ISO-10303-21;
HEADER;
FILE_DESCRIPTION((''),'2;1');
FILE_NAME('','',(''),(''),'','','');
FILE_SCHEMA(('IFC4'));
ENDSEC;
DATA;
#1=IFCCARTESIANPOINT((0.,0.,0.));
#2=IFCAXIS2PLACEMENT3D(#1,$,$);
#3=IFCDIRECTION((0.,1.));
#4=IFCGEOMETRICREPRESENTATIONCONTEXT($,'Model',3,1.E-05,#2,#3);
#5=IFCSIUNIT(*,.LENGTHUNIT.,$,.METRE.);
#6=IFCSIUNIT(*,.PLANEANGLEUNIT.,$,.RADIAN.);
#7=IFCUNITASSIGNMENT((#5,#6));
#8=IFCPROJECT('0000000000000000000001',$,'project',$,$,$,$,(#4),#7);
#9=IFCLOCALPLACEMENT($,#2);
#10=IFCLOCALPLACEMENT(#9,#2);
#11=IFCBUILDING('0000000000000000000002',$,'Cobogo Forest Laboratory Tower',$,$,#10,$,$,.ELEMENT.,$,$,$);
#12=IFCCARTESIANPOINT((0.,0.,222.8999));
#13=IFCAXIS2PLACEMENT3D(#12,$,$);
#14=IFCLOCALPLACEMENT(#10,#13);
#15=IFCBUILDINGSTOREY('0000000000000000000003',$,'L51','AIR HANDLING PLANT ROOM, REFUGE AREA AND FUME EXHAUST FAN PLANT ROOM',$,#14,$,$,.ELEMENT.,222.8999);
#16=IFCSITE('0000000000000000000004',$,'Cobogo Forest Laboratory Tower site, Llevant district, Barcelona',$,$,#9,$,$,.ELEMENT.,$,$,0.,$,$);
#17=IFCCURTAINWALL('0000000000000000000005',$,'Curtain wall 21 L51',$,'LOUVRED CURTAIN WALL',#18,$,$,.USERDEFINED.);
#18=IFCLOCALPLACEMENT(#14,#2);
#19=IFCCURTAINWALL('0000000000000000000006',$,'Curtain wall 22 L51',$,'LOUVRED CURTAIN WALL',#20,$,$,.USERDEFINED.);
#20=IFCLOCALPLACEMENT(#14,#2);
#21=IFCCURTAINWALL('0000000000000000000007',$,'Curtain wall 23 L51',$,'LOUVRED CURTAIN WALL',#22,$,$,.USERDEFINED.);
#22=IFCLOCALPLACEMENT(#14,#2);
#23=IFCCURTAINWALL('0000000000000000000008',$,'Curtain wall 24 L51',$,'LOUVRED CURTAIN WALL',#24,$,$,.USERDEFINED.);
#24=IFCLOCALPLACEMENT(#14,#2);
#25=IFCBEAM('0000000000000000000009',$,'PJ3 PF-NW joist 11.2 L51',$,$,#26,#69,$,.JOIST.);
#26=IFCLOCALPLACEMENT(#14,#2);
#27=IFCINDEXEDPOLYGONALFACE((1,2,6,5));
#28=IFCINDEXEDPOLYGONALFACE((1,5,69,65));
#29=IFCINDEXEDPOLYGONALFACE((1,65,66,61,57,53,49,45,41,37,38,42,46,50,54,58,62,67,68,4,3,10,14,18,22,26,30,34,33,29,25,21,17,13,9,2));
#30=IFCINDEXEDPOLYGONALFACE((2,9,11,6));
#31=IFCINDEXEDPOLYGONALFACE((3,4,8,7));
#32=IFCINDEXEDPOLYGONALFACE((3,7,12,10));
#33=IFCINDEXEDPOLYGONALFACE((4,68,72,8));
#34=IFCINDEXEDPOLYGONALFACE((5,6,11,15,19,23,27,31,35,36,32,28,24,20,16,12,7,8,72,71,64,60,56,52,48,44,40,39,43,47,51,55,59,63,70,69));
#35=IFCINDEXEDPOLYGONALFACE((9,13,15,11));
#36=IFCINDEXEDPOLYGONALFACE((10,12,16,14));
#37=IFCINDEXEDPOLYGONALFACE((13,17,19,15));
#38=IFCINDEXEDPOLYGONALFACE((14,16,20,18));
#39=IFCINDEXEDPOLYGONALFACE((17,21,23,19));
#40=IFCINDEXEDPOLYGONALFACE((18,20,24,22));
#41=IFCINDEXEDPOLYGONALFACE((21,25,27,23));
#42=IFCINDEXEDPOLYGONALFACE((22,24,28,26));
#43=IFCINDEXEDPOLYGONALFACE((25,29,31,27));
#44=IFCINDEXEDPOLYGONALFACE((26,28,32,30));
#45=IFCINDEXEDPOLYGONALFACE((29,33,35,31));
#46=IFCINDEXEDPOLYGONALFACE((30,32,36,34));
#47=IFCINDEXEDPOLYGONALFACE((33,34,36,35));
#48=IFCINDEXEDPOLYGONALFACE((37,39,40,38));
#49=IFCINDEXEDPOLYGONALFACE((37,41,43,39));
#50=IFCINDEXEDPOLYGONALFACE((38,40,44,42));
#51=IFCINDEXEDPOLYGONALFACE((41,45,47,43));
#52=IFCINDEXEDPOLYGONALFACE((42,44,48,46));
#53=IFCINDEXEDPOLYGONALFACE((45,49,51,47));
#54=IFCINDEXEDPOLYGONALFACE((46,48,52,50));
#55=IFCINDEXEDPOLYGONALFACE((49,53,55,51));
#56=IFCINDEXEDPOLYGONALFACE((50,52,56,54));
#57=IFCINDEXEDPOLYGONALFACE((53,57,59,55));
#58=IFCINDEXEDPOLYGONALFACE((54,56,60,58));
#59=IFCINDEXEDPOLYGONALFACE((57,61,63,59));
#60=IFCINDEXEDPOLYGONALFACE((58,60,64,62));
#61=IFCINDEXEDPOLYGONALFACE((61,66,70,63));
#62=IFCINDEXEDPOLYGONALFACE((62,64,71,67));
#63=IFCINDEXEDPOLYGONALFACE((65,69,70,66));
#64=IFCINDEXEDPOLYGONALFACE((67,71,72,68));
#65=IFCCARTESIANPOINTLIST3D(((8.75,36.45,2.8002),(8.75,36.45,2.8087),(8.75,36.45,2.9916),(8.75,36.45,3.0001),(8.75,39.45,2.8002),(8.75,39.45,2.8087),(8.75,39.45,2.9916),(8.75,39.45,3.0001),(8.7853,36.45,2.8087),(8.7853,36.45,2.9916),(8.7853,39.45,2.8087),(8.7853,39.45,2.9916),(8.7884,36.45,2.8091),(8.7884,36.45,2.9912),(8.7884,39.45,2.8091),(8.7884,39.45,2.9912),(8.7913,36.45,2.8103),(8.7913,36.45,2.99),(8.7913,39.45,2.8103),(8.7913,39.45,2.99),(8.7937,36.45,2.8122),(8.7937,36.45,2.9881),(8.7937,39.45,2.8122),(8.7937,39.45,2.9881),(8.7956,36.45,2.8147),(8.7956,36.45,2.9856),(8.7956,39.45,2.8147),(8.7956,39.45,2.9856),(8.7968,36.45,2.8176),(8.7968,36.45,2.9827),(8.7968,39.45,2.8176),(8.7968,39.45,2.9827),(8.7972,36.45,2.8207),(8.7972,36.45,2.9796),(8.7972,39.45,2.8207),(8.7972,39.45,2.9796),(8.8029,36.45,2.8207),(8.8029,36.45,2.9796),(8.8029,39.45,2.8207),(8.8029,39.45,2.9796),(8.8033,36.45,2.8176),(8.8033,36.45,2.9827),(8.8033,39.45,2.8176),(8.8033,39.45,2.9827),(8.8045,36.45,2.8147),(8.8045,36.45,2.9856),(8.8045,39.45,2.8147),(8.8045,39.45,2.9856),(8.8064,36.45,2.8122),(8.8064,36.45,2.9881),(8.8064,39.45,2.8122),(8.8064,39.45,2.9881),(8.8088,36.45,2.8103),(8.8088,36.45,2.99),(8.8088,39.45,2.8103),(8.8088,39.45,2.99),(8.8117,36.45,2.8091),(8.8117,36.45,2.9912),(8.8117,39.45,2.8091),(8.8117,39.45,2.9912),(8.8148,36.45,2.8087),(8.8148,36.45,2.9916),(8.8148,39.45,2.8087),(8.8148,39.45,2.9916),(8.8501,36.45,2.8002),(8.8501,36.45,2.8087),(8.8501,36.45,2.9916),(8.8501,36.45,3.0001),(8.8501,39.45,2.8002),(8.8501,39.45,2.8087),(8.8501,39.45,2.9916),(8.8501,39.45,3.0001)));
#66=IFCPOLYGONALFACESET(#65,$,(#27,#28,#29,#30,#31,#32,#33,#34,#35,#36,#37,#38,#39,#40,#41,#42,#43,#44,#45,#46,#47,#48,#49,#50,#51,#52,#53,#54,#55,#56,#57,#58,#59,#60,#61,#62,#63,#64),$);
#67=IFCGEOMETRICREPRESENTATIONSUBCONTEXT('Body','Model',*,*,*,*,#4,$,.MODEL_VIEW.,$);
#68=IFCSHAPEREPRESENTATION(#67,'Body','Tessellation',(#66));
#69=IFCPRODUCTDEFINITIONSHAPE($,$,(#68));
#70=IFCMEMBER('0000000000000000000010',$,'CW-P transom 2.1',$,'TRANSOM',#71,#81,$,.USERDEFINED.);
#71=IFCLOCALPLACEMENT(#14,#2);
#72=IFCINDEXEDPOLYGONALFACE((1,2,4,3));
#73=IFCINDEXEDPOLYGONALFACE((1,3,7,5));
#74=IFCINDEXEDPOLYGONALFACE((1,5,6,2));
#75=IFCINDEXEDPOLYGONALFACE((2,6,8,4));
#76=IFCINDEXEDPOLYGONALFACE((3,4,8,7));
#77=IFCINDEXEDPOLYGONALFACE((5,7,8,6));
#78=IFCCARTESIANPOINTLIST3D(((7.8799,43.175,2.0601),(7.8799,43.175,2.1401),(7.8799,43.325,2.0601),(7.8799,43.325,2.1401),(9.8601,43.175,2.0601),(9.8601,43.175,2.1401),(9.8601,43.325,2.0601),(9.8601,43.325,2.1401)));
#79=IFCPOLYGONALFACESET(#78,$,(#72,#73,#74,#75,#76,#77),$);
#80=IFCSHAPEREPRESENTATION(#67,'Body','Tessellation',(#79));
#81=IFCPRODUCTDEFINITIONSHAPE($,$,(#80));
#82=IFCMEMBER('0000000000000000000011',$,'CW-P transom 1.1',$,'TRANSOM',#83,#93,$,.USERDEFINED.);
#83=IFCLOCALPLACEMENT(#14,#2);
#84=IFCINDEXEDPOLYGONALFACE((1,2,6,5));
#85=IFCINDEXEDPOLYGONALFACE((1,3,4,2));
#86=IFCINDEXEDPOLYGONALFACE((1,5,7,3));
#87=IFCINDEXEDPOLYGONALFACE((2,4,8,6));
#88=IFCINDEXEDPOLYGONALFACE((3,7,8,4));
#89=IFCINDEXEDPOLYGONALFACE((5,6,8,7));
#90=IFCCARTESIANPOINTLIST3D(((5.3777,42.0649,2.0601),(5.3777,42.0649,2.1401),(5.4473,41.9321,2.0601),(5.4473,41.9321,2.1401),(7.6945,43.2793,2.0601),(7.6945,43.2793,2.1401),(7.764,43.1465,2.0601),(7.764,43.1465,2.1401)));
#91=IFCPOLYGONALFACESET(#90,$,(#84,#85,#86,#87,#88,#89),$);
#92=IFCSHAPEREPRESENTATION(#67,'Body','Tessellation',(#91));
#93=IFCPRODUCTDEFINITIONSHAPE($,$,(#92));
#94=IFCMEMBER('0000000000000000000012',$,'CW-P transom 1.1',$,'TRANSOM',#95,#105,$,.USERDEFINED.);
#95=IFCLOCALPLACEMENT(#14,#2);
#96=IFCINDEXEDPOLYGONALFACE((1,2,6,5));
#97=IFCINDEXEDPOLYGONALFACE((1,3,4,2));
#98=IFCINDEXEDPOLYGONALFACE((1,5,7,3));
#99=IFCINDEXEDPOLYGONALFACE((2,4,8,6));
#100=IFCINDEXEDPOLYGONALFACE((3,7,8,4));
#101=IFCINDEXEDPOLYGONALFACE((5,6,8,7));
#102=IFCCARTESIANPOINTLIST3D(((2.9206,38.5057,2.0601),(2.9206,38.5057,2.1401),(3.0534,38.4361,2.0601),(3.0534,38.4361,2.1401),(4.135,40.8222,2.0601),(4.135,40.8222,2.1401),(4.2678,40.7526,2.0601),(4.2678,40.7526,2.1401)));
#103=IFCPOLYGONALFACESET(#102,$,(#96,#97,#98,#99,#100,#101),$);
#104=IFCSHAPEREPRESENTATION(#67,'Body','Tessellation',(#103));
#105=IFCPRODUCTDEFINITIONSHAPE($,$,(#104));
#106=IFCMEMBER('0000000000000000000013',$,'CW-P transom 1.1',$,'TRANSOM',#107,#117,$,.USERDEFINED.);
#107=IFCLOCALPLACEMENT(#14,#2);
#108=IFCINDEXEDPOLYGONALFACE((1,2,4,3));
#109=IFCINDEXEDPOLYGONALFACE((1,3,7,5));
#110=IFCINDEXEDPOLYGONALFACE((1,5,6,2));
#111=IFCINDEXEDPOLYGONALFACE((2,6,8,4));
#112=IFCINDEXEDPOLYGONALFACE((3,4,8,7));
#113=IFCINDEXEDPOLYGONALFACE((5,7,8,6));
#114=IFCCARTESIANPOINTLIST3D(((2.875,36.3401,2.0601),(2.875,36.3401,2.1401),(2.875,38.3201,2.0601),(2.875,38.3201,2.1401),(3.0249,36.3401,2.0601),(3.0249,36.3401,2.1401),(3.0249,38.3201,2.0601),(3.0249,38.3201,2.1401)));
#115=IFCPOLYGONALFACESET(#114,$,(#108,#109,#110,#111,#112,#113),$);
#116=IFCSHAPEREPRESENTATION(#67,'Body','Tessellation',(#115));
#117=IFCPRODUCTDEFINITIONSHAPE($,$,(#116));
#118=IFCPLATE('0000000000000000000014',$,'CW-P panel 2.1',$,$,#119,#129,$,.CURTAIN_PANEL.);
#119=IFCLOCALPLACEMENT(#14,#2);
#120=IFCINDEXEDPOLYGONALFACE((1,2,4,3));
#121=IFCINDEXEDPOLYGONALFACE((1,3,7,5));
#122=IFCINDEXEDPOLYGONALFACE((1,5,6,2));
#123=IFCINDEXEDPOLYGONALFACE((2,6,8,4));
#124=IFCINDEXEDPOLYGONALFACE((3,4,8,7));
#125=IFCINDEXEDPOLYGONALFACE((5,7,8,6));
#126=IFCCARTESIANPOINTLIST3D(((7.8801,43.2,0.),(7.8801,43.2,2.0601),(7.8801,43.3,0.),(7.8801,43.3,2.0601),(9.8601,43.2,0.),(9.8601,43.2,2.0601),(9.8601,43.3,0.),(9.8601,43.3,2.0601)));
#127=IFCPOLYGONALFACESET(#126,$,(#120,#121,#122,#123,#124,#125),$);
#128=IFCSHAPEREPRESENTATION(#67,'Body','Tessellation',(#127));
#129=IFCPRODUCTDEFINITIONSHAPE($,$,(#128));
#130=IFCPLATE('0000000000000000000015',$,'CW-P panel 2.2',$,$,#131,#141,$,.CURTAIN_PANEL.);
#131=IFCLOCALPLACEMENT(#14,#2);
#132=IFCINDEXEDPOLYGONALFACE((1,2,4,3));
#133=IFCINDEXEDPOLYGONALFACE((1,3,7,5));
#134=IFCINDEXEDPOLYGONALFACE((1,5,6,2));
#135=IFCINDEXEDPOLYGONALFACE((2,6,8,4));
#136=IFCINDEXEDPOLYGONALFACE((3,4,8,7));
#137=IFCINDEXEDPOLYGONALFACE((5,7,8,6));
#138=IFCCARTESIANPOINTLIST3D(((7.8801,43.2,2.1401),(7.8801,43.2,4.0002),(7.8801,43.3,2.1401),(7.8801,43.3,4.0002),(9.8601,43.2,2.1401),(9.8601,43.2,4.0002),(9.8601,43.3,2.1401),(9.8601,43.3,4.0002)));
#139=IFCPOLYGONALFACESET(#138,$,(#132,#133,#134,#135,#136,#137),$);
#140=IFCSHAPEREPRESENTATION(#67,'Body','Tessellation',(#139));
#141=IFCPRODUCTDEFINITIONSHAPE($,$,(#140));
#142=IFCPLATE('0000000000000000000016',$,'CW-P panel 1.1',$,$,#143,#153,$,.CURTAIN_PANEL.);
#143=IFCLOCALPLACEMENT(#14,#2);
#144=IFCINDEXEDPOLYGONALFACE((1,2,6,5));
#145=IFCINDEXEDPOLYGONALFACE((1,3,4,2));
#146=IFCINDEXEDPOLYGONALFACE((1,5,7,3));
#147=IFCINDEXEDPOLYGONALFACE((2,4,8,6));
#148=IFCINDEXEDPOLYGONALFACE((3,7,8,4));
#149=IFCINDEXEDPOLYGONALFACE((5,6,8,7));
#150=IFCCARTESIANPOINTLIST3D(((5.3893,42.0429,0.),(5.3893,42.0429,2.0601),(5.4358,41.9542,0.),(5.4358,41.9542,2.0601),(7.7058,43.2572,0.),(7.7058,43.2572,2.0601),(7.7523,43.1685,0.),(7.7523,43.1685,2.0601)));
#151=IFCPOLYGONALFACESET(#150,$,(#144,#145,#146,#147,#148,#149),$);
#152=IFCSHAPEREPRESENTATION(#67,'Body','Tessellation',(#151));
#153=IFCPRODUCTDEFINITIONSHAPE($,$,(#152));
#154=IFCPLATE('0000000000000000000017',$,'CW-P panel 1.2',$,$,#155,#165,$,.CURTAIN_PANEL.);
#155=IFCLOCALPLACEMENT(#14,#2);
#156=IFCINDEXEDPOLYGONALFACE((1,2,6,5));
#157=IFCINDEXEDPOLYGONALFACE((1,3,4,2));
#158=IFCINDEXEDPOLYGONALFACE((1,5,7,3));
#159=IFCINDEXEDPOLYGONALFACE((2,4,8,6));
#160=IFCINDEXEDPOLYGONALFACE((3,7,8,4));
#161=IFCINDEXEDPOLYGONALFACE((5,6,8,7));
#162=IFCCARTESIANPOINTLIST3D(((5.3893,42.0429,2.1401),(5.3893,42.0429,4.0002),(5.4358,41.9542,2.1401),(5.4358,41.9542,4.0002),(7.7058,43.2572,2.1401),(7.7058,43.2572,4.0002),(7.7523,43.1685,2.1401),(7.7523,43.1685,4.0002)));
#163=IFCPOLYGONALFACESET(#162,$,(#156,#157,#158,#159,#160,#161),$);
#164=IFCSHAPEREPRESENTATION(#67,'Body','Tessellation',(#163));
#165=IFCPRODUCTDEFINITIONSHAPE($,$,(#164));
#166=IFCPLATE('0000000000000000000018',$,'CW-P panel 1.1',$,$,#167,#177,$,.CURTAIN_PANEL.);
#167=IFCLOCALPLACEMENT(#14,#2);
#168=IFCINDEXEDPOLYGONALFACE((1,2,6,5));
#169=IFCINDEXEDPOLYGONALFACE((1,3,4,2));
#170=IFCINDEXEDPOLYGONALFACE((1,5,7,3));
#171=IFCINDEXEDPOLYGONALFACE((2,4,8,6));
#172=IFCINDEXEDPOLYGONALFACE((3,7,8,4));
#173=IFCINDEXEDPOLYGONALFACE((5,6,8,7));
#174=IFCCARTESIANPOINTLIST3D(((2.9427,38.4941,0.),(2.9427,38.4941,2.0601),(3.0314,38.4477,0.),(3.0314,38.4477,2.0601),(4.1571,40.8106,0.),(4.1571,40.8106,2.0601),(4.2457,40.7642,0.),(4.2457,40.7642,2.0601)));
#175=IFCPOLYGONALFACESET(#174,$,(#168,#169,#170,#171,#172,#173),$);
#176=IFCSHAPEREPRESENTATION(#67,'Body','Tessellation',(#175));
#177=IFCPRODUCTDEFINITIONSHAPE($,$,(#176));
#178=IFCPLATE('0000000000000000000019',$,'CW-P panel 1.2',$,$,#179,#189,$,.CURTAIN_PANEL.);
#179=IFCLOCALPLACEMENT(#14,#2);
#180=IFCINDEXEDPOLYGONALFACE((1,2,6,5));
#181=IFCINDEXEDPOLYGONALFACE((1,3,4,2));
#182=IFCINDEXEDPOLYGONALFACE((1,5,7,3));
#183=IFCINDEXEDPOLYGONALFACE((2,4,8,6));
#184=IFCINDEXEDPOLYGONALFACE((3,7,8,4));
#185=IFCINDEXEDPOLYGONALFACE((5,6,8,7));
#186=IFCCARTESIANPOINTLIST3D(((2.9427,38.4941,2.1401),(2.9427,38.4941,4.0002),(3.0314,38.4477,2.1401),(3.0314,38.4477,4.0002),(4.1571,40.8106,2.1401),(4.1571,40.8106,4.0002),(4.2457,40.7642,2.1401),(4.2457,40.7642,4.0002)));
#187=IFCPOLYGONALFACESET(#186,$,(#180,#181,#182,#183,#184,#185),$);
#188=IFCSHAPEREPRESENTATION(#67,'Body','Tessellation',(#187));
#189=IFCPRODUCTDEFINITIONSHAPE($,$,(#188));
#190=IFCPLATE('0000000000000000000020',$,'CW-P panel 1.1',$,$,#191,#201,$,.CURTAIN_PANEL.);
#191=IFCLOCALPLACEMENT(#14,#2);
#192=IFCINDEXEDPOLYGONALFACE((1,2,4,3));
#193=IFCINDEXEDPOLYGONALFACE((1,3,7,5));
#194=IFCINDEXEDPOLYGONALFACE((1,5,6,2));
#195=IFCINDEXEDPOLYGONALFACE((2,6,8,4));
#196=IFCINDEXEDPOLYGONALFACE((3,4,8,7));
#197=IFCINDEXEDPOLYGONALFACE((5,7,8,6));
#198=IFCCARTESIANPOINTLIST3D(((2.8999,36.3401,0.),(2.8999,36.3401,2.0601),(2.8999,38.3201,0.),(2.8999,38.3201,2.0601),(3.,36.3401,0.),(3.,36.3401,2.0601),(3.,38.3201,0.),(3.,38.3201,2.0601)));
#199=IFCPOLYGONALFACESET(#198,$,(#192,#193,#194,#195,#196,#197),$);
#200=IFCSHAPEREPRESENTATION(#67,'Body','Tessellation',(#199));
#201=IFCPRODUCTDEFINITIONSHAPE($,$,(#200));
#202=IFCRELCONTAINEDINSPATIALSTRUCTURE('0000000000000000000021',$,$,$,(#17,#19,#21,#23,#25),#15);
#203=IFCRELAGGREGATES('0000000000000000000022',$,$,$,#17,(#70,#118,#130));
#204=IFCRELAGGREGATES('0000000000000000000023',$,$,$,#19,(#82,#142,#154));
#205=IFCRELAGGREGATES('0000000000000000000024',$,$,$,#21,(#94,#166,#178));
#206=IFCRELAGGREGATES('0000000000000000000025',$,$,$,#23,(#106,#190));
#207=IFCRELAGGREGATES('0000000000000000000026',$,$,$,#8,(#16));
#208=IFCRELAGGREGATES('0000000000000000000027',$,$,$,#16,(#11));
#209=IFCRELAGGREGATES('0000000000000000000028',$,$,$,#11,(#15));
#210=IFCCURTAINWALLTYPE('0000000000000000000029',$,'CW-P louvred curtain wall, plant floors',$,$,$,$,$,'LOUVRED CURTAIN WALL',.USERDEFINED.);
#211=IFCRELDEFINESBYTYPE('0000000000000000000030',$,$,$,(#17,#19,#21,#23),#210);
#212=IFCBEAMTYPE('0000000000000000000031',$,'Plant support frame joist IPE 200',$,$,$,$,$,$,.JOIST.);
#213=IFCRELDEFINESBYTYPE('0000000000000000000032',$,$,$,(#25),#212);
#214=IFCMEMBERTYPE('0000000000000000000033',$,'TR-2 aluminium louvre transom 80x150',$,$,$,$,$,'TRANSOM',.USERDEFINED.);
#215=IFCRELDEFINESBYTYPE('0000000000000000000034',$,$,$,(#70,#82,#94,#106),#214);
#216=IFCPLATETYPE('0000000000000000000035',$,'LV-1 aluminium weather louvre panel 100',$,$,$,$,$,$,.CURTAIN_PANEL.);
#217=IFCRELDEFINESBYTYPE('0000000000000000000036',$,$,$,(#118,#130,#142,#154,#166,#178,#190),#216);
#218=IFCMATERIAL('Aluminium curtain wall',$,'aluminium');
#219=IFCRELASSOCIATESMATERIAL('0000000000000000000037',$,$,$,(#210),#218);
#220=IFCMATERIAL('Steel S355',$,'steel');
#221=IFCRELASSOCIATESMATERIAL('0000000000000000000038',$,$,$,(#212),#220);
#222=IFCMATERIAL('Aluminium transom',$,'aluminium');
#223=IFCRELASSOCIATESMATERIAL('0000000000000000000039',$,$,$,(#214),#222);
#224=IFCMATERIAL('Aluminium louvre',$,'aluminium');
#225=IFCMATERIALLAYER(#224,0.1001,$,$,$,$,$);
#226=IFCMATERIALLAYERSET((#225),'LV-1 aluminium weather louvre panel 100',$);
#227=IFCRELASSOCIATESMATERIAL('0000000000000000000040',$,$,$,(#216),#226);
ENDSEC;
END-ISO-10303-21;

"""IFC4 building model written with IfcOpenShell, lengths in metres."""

from ifc_helpers import new_model, si_unit, direction, frame, origin, origin_2d, place, context, subcontext, project, spatial, rectangle, i_section, extrude, material, layer, layer_set, material_profile, profile_set, type_object, element, aggregate, save


model = new_model("IFC4")

# Units and contexts
model_context = context("Model", 3, precision=1e-05, world=origin(), true_north=direction((0.0, 1.0)))
body_context = subcontext(model_context, "Body", "Model", "MODEL_VIEW")
ifc_project = project(units=[si_unit("LENGTHUNIT", "METRE"), si_unit("PLANEANGLEUNIT", "RADIAN")], contexts=[model_context])

# Site, building, storey
site_placement = place(None, origin())
site = spatial("IfcSite", under=ifc_project, at=site_placement, Name="Cobogo Forest Laboratory Tower site, Llevant district, Barcelona", CompositionType="ELEMENT", RefElevation=0.0)
building_placement = place(site_placement, origin())
building = spatial("IfcBuilding", under=site, at=building_placement, Name="Cobogo Forest Laboratory Tower", CompositionType="ELEMENT")
storey_placement = place(building_placement, frame((0.0, 0.0, 222.8999)))
storey = spatial("IfcBuildingStorey", under=building, at=storey_placement, Name="L51", Description="AIR HANDLING PLANT ROOM, REFUGE AREA AND FUME EXHAUST FAN PLANT ROOM", CompositionType="ELEMENT", Elevation=222.8999)

# Curtain walls
ifc_material_1 = material(Name="Aluminium curtain wall", Category="aluminium")
curtain_wall_type = type_object("IfcCurtainWallType", Name="CW-P louvred curtain wall, plant floors", ElementType="LOUVRED CURTAIN WALL", PredefinedType="USERDEFINED", material=ifc_material_1)
curtain_wall_1_placement = place(storey_placement, origin())
curtain_wall_1 = element("IfcCurtainWall", 1, at=curtain_wall_1_placement, inside=storey, type_object=curtain_wall_type, Name="Curtain wall 21 L51", ObjectType="LOUVRED CURTAIN WALL", PredefinedType="USERDEFINED")
curtain_wall_2_placement = place(storey_placement, origin())
curtain_wall_2 = element("IfcCurtainWall", 2, at=curtain_wall_2_placement, inside=storey, type_object=curtain_wall_type, Name="Curtain wall 22 L51", ObjectType="LOUVRED CURTAIN WALL", PredefinedType="USERDEFINED")
curtain_wall_3_placement = place(storey_placement, origin())
curtain_wall_3 = element("IfcCurtainWall", 3, at=curtain_wall_3_placement, inside=storey, type_object=curtain_wall_type, Name="Curtain wall 23 L51", ObjectType="LOUVRED CURTAIN WALL", PredefinedType="USERDEFINED")

# Curtain wall
curtain_wall_4_placement = place(storey_placement, origin())
curtain_wall_4 = element("IfcCurtainWall", 4, at=curtain_wall_4_placement, inside=storey, type_object=curtain_wall_type, Name="Curtain wall 24 L51", ObjectType="LOUVRED CURTAIN WALL", PredefinedType="USERDEFINED")

# Shared definitions
ifc_material_2 = material(Name="Steel S355", Category="steel")

# Beam
ifc_material_profile_1 = material_profile(ifc_material_2, i_section(OverallWidth=0.1001, OverallDepth=0.2, WebThickness=0.0056, FlangeThickness=0.0085, FilletRadius=0.012, at=origin_2d()), Name="IPE 200")
ifc_profile_set_1 = profile_set([ifc_material_profile_1], Name="Steel S355")
beam_type_1 = type_object("IfcBeamType", Name="Plant support frame joist IPE 200", PredefinedType="JOIST", material=ifc_profile_set_1)
for number, where, z_axis, x_axis, name in (
    (5, (8.8, 39.45, 2.9001), (0.0, -1.0, 0.0), (1.0, 0.0, 0.0), "PJ3 PF-NW joist 11.2 L51"),
):
    element("IfcBeam", number, at=place(storey_placement, frame(where, z_axis=z_axis, x_axis=x_axis)), inside=storey, type_object=beam_type_1, Name=name, PredefinedType="JOIST", context=body_context, shape_type="SweptSolid", body=[
        extrude(i_section(OverallWidth=0.1001, OverallDepth=0.2, WebThickness=0.0056, FlangeThickness=0.0085, FilletRadius=0.012, at=origin_2d()), origin(), (0.0, 0.0, 1.0), 3.0),
    ])

# Members
ifc_material_3 = material(Name="Aluminium transom", Category="aluminium")
ifc_material_profile_2 = material_profile(ifc_material_3, rectangle(XDim=0.1499, YDim=0.0801, at=origin_2d()), Name="AL 80x150")
ifc_profile_set_2 = profile_set([ifc_material_profile_2], Name="Aluminium transom")
member_type_1 = type_object("IfcMemberType", Name="TR-2 aluminium louvre transom 80x150", ElementType="TRANSOM", PredefinedType="USERDEFINED", material=ifc_profile_set_2)
member_1_placement = place(storey_placement, frame((9.8601, 43.25, 2.1001), z_axis=(-1.0, 0.0, 0.0), x_axis=(0.0, -1.0, 0.0)))
member_1 = element("IfcMember", 6, at=member_1_placement, type_object=member_type_1, Name="CW-P transom 2.1", ObjectType="TRANSOM", PredefinedType="USERDEFINED", context=body_context, shape_type="SweptSolid", body=[
    extrude(rectangle(XDim=0.1499, YDim=0.0801, at=origin_2d()), origin(), (0.0, 0.0, 1.0), 1.9802),
])
member_2_placement = place(storey_placement, frame((7.7292, 43.2129, 2.1001), z_axis=(-0.885694, -0.464269, 0.0), x_axis=(0.464269, -0.885694, 0.0)))
member_2 = element("IfcMember", 7, at=member_2_placement, type_object=member_type_1, Name="CW-P transom 1.1", ObjectType="TRANSOM", PredefinedType="USERDEFINED", context=body_context, shape_type="SweptSolid", body=[
    extrude(rectangle(XDim=0.1499, YDim=0.0801, at=origin_2d()), origin(), (0.0, 0.0, 1.0), 2.6157),
])
member_3_placement = place(storey_placement, frame((4.2014, 40.7874, 2.1001), z_axis=(-0.464307, -0.885674, 0.0), x_axis=(0.885674, -0.464307, 0.0)))
member_3 = element("IfcMember", 8, at=member_3_placement, type_object=member_type_1, Name="CW-P transom 1.1", ObjectType="TRANSOM", PredefinedType="USERDEFINED", context=body_context, shape_type="SweptSolid", body=[
    extrude(rectangle(XDim=0.1499, YDim=0.0801, at=origin_2d()), origin(), (0.0, 0.0, 1.0), 2.6155),
])
member_4_placement = place(storey_placement, frame((2.95, 38.3201, 2.1001), z_axis=(0.0, -1.0, 0.0), x_axis=(1.0, 0.0, 0.0)))
member_4 = element("IfcMember", 9, at=member_4_placement, type_object=member_type_1, Name="CW-P transom 1.1", ObjectType="TRANSOM", PredefinedType="USERDEFINED", context=body_context, shape_type="SweptSolid", body=[
    extrude(rectangle(XDim=0.1499, YDim=0.0801, at=origin_2d()), origin(), (0.0, 0.0, 1.0), 1.98),
])

# Plates
ifc_material_4 = material(Name="Aluminium louvre", Category="aluminium")
ifc_layer = layer(ifc_material_4, 0.1001)
ifc_layer_set = layer_set([ifc_layer], Name="LV-1 aluminium weather louvre panel 100")
plate_type = type_object("IfcPlateType", Name="LV-1 aluminium weather louvre panel 100", PredefinedType="CURTAIN_PANEL", material=ifc_layer_set)
plate_1_placement = place(storey_placement, frame((8.8701, 43.25, 0.0), z_axis=(0.0, 0.0, 1.0), x_axis=(-1.0, 0.0, 0.0)))
plate_1 = element("IfcPlate", 10, at=plate_1_placement, type_object=plate_type, Name="CW-P panel 2.1", PredefinedType="CURTAIN_PANEL", context=body_context, shape_type="SweptSolid", body=[
    extrude(rectangle(XDim=1.98, YDim=0.1001, at=origin_2d()), origin(), (0.0, 0.0, 1.0), 2.0601),
])
plate_2_placement = place(storey_placement, frame((8.8701, 43.25, 2.1401), z_axis=(0.0, 0.0, 1.0), x_axis=(-1.0, 0.0, 0.0)))
plate_2 = element("IfcPlate", 11, at=plate_2_placement, type_object=plate_type, Name="CW-P panel 2.2", PredefinedType="CURTAIN_PANEL", context=body_context, shape_type="SweptSolid", body=[
    extrude(rectangle(XDim=1.98, YDim=0.1001, at=origin_2d()), origin(), (0.0, 0.0, 1.0), 1.8601),
])
aggregate(curtain_wall_1, [member_1, plate_1, plate_2])
plate_3_placement = place(storey_placement, frame((6.5708, 42.6057, 0.0), z_axis=(0.0, 0.0, 1.0), x_axis=(-0.885687, -0.464284, 0.0)))
plate_3 = element("IfcPlate", 12, at=plate_3_placement, type_object=plate_type, Name="CW-P panel 1.1", PredefinedType="CURTAIN_PANEL", context=body_context, shape_type="SweptSolid", body=[
    extrude(rectangle(XDim=2.6155, YDim=0.1001, at=origin_2d()), origin(), (0.0, 0.0, 1.0), 2.0601),
])
plate_4_placement = place(storey_placement, frame((6.5708, 42.6057, 2.1401), z_axis=(0.0, 0.0, 1.0), x_axis=(-0.885687, -0.464284, 0.0)))
plate_4 = element("IfcPlate", 13, at=plate_4_placement, type_object=plate_type, Name="CW-P panel 1.2", PredefinedType="CURTAIN_PANEL", context=body_context, shape_type="SweptSolid", body=[
    extrude(rectangle(XDim=2.6155, YDim=0.1001, at=origin_2d()), origin(), (0.0, 0.0, 1.0), 1.8601),
])
aggregate(curtain_wall_2, [member_2, plate_3, plate_4])
plate_5_placement = place(storey_placement, frame((3.5942, 39.6292, 0.0), z_axis=(0.0, 0.0, 1.0), x_axis=(-0.464284, -0.885687, 0.0)))
plate_5 = element("IfcPlate", 14, at=plate_5_placement, type_object=plate_type, Name="CW-P panel 1.1", PredefinedType="CURTAIN_PANEL", context=body_context, shape_type="SweptSolid", body=[
    extrude(rectangle(XDim=2.6155, YDim=0.1001, at=origin_2d()), origin(), (0.0, 0.0, 1.0), 2.0601),
])
plate_6_placement = place(storey_placement, frame((3.5942, 39.6292, 2.1401), z_axis=(0.0, 0.0, 1.0), x_axis=(-0.464284, -0.885687, 0.0)))
plate_6 = element("IfcPlate", 15, at=plate_6_placement, type_object=plate_type, Name="CW-P panel 1.2", PredefinedType="CURTAIN_PANEL", context=body_context, shape_type="SweptSolid", body=[
    extrude(rectangle(XDim=2.6155, YDim=0.1001, at=origin_2d()), origin(), (0.0, 0.0, 1.0), 1.8601),
])
aggregate(curtain_wall_3, [member_3, plate_5, plate_6])
plate_7_placement = place(storey_placement, frame((2.95, 37.3301, 0.0), z_axis=(0.0, 0.0, 1.0), x_axis=(0.0, -1.0, 0.0)))
plate_7 = element("IfcPlate", 16, at=plate_7_placement, type_object=plate_type, Name="CW-P panel 1.1", PredefinedType="CURTAIN_PANEL", context=body_context, shape_type="SweptSolid", body=[
    extrude(rectangle(XDim=1.98, YDim=0.1001, at=origin_2d()), origin(), (0.0, 0.0, 1.0), 2.0601),
])
aggregate(curtain_wall_4, [member_4, plate_7])

save(model, "model.ifc")
